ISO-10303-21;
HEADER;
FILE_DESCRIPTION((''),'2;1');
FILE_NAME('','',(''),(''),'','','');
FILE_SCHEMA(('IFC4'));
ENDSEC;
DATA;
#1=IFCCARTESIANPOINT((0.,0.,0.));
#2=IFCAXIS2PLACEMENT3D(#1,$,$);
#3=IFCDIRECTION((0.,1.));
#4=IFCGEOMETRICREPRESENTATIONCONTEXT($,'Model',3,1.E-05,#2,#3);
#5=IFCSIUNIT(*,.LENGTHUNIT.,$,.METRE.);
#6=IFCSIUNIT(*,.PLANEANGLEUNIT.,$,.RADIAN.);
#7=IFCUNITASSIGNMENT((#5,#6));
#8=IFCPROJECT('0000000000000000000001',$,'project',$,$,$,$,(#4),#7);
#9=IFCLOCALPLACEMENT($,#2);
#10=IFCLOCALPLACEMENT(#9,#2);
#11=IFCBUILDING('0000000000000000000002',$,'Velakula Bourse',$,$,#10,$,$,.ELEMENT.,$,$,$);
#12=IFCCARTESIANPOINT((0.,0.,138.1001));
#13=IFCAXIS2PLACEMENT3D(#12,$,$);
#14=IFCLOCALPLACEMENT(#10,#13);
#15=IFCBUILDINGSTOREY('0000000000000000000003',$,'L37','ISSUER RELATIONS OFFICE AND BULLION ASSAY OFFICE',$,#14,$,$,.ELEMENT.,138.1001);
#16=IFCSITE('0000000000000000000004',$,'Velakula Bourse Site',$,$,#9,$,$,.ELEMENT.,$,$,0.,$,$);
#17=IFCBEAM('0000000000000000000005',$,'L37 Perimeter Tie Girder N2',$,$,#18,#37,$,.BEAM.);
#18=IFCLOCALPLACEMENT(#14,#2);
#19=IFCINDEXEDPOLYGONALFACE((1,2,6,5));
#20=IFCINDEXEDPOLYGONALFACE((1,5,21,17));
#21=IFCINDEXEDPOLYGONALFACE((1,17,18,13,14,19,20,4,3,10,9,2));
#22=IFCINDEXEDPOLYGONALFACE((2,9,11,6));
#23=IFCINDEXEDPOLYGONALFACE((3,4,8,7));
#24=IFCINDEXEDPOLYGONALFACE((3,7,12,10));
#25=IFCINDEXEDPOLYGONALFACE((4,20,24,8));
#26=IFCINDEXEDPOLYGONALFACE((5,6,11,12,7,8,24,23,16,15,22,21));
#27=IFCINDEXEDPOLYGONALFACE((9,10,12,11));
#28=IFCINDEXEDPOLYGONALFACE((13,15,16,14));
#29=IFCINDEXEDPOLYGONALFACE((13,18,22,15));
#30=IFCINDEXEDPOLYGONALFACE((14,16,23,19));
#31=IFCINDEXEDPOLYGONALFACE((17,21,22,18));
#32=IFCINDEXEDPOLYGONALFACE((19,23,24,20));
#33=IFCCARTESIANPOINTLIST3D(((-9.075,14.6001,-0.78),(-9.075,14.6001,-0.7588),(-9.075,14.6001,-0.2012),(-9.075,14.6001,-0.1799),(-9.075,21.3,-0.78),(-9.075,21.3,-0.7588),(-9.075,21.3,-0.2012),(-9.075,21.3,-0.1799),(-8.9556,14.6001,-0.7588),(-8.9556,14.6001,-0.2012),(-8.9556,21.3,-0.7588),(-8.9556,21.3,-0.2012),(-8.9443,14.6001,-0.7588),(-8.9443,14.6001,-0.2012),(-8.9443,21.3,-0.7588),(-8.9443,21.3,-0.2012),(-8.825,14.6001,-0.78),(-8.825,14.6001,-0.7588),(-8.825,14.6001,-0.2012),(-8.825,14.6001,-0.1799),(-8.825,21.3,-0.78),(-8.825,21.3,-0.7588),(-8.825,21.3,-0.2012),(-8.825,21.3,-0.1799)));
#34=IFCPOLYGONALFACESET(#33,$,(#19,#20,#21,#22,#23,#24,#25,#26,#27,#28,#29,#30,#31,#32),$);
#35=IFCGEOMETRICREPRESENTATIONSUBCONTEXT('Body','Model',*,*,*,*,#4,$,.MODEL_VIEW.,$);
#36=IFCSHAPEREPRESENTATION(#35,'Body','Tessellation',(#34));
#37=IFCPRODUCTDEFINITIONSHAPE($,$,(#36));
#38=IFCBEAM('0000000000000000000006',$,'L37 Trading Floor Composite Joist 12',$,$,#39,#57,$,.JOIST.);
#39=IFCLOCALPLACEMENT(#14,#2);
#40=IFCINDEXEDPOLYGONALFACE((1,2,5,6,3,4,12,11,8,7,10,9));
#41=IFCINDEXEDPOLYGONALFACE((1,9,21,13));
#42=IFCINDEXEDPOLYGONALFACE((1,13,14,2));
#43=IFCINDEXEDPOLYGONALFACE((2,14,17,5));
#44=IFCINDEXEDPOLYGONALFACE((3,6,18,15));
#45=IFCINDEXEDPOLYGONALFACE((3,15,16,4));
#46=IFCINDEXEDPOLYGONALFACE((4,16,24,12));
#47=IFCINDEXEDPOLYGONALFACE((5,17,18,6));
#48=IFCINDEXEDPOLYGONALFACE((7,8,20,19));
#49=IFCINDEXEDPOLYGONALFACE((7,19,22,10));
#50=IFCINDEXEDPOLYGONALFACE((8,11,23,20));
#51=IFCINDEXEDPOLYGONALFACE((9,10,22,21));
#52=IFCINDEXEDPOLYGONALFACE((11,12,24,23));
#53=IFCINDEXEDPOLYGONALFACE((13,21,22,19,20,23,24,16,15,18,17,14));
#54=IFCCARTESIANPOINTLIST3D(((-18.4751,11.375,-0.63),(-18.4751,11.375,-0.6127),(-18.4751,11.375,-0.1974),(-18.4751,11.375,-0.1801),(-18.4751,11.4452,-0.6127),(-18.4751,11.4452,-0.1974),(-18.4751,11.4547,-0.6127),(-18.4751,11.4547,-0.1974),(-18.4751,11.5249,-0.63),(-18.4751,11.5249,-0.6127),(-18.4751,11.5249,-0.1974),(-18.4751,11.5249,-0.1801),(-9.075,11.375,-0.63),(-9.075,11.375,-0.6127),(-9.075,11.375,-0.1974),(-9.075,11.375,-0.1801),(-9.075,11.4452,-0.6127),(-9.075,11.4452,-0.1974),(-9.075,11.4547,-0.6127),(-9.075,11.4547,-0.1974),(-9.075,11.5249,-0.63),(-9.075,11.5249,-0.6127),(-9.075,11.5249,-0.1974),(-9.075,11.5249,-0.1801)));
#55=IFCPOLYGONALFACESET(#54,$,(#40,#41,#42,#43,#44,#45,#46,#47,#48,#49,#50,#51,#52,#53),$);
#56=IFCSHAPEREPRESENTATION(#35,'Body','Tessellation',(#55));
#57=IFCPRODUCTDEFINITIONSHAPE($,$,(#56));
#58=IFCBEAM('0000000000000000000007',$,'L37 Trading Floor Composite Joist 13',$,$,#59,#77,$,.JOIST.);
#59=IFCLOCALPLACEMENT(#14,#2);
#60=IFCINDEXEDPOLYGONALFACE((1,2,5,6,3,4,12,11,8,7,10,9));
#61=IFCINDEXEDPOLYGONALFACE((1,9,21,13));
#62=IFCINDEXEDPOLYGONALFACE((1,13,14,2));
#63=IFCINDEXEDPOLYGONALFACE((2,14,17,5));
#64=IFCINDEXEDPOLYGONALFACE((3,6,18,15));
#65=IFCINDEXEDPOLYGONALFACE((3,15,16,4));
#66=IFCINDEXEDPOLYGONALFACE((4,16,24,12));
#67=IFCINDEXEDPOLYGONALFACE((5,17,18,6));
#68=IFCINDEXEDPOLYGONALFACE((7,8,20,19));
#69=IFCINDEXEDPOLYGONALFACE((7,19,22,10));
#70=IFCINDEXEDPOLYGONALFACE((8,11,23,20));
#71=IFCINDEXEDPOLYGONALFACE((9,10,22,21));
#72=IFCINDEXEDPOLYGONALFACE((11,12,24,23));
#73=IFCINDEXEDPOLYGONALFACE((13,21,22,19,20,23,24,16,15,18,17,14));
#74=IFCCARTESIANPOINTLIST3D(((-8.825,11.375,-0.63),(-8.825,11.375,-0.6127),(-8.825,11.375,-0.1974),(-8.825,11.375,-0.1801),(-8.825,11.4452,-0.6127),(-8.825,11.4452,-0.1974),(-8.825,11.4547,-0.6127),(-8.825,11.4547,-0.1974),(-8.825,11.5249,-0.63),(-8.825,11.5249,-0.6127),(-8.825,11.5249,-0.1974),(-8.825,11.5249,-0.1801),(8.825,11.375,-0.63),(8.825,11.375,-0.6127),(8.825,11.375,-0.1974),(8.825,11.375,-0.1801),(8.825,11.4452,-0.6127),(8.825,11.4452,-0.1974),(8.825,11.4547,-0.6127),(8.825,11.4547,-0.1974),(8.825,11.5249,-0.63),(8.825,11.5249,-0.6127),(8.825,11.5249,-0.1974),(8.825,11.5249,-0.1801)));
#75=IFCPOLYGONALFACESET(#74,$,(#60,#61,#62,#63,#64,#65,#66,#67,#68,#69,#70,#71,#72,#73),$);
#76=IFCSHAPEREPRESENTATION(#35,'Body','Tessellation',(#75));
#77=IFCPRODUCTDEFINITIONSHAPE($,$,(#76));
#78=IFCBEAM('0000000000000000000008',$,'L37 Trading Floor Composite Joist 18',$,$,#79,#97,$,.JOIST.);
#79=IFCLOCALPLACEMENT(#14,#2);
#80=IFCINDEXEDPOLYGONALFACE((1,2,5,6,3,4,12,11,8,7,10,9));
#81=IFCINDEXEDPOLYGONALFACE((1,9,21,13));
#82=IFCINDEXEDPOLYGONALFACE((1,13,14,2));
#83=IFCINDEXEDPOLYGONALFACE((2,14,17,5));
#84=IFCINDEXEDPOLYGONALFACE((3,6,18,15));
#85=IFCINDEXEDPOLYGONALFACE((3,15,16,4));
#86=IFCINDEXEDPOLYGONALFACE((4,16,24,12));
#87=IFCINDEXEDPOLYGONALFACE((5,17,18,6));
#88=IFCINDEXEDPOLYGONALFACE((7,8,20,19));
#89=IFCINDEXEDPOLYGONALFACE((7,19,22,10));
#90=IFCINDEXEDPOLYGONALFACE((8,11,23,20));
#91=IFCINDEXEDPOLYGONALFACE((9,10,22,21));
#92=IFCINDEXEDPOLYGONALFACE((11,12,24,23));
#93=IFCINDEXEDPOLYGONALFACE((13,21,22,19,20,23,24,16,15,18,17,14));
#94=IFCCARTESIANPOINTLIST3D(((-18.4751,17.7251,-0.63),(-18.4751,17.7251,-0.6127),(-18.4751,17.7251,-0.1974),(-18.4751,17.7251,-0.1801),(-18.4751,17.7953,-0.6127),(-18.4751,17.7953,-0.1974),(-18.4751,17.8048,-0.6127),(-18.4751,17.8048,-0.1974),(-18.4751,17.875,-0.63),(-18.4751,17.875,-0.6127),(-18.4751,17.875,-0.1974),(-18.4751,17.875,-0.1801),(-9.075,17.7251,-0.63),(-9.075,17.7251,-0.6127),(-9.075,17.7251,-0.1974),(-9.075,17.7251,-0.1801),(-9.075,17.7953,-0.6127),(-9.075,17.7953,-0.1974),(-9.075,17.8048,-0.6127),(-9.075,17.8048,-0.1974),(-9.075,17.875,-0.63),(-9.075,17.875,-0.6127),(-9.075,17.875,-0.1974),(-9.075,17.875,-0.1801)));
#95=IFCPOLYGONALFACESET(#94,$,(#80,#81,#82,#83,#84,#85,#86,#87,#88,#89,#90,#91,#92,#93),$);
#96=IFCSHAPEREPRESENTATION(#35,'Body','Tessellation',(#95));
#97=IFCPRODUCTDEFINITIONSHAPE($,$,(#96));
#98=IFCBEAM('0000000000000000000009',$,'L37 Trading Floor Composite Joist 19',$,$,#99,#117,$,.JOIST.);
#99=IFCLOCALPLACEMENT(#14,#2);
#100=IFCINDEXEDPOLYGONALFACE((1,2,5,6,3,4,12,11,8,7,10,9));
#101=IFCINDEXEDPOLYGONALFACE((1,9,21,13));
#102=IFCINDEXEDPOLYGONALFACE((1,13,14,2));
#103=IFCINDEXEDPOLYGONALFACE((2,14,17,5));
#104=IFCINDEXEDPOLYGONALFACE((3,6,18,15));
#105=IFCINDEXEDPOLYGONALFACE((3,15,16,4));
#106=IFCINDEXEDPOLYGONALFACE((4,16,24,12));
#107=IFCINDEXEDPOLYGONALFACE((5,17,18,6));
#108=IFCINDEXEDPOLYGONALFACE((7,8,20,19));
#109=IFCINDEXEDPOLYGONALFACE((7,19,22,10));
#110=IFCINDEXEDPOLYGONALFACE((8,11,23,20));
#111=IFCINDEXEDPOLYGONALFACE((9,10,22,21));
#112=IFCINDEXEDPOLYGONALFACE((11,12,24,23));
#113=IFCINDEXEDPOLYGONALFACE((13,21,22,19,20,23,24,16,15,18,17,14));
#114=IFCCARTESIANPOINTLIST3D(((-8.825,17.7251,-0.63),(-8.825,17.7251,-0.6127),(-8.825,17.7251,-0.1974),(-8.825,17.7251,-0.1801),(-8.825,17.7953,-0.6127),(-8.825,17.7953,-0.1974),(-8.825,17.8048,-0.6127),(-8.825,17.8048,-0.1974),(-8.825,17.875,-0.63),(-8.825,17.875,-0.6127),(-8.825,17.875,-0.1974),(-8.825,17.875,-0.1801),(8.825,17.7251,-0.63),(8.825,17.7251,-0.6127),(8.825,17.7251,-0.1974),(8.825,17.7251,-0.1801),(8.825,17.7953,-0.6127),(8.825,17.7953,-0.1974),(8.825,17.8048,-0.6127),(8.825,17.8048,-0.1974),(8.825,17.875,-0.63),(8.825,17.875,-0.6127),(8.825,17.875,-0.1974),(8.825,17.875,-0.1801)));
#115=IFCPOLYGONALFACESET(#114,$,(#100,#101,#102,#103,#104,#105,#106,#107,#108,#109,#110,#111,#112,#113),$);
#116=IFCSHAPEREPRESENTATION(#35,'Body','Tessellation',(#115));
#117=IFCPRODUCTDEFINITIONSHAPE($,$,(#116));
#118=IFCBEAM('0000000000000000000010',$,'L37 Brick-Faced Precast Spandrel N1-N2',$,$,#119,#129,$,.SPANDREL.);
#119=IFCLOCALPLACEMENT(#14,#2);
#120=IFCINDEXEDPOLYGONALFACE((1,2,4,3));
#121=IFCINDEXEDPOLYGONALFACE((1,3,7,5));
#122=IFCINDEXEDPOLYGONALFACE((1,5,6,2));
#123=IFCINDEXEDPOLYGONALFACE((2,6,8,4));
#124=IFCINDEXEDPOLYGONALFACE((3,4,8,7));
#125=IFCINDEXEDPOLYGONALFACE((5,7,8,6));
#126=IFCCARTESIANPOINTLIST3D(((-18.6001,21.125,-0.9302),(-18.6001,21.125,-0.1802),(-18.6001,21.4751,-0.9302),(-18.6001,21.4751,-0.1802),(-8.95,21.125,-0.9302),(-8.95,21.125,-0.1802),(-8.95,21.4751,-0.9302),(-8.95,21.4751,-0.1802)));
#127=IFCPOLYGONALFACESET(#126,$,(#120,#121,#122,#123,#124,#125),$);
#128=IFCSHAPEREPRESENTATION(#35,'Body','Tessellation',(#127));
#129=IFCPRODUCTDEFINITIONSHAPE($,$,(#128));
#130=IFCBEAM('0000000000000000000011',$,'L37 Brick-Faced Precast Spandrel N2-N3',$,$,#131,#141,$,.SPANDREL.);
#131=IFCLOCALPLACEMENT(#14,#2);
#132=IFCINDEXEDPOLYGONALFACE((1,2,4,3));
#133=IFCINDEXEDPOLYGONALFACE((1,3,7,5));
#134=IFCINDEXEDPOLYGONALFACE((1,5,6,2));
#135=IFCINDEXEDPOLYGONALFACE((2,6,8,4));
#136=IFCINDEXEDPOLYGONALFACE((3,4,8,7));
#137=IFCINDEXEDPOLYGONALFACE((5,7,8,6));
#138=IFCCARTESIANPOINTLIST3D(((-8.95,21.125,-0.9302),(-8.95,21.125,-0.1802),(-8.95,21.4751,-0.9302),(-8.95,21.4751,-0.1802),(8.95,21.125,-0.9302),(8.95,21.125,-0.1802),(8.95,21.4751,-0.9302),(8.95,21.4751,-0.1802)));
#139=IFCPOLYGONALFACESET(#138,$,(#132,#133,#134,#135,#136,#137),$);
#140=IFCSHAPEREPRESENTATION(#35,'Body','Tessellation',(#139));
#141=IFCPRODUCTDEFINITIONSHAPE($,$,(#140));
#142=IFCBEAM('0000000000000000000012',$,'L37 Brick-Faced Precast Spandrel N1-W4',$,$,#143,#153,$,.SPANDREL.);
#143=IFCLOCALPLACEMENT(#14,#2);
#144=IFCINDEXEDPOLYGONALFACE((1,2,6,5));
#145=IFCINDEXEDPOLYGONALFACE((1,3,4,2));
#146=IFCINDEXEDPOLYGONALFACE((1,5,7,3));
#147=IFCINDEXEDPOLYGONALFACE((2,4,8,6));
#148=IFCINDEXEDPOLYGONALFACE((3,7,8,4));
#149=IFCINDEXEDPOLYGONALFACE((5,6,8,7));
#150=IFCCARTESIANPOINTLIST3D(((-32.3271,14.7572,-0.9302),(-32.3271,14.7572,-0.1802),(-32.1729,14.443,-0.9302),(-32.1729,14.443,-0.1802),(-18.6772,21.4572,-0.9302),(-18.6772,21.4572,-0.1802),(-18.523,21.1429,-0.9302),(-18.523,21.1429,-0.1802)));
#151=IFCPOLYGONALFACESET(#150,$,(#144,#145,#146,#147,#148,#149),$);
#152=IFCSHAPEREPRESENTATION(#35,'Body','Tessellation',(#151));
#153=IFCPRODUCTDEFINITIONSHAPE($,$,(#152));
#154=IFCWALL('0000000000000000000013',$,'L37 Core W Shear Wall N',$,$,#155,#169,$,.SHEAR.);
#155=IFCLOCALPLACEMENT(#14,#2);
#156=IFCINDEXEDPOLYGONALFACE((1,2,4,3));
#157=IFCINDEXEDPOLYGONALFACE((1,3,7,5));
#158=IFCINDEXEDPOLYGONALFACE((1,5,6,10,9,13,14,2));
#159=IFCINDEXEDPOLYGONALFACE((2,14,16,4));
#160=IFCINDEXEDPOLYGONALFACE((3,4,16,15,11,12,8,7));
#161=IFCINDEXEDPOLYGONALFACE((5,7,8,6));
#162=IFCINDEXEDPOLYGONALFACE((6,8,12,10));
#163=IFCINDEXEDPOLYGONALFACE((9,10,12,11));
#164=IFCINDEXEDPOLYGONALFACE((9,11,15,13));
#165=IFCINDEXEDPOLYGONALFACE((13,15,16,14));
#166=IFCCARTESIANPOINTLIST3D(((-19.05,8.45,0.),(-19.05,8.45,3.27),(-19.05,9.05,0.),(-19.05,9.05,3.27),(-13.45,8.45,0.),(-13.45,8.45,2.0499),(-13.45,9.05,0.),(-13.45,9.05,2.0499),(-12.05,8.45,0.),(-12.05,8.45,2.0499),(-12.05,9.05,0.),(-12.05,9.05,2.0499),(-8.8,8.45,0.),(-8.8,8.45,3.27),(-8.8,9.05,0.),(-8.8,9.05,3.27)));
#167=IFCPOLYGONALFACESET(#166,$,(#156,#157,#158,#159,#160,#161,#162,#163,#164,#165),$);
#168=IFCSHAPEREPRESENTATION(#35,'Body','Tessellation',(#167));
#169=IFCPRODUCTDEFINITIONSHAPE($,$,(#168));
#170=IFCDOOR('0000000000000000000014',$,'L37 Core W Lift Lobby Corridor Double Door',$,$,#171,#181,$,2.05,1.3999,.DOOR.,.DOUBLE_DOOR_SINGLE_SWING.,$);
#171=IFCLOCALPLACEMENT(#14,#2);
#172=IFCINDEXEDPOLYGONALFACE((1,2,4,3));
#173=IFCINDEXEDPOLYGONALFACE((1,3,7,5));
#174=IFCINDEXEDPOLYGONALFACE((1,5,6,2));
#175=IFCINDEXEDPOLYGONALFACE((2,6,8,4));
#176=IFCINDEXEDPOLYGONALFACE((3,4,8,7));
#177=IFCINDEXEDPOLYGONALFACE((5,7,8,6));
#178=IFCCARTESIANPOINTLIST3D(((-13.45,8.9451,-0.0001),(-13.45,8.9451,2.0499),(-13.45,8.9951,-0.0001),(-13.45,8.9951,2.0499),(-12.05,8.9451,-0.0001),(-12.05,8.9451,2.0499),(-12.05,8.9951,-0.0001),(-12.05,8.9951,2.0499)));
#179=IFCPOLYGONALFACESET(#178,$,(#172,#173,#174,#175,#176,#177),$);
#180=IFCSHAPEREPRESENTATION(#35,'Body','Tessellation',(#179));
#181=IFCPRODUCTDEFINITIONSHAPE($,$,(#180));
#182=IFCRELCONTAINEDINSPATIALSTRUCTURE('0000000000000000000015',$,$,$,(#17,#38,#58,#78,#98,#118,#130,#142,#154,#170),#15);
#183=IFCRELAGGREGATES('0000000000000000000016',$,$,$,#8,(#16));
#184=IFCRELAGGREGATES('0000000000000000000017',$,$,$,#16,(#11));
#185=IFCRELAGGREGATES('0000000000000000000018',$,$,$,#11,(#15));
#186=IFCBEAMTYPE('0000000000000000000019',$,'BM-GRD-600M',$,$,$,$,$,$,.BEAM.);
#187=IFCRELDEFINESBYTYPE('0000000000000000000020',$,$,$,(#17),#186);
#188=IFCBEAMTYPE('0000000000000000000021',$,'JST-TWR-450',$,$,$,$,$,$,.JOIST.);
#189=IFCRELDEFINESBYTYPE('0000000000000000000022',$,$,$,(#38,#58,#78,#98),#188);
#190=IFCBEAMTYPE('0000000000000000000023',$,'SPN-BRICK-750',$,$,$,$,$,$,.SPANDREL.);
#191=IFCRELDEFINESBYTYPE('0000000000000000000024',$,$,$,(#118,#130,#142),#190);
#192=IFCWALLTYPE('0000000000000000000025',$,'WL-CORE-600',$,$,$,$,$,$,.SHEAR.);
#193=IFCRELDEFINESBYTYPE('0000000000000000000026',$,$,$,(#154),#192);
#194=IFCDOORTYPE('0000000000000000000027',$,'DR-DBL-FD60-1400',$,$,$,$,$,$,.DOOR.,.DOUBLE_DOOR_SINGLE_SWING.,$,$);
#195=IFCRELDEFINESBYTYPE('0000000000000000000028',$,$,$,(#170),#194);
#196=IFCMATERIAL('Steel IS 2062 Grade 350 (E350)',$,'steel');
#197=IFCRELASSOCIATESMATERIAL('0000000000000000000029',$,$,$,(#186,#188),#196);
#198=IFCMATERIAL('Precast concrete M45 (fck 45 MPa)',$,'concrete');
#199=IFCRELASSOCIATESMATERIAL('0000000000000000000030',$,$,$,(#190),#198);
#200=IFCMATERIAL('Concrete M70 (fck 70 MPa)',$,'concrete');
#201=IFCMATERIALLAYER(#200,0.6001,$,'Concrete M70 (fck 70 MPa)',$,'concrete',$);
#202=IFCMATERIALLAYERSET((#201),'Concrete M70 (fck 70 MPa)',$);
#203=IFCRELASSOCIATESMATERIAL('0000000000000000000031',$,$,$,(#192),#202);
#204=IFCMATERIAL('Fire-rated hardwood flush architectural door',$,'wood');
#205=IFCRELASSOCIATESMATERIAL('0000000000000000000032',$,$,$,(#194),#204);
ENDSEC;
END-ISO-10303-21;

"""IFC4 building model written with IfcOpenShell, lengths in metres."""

from ifc_helpers import new_model, si_unit, direction, frame, frame_2d, origin, origin_2d, place, context, subcontext, project, spatial, rectangle, i_section, extrude, material, layer, layer_set, material_profile, profile_set, type_object, element, fill, save


model = new_model("IFC4")

# Units and contexts
model_context = context("Model", 3, precision=1e-05, world=origin(), true_north=direction((0.0, 1.0)))
body_context = subcontext(model_context, "Body", "Model", "MODEL_VIEW")
ifc_project = project(units=[si_unit("LENGTHUNIT", "METRE"), si_unit("PLANEANGLEUNIT", "RADIAN")], contexts=[model_context])

# Site, building, storey
site_placement = place(None, origin())
site = spatial("IfcSite", under=ifc_project, at=site_placement, Name="Velakula Bourse Site", CompositionType="ELEMENT", RefElevation=0.0)
building_placement = place(site_placement, origin())
building = spatial("IfcBuilding", under=site, at=building_placement, Name="Velakula Bourse", CompositionType="ELEMENT")
storey_placement = place(building_placement, frame((0.0, 0.0, 138.1001)))
storey = spatial("IfcBuildingStorey", under=building, at=storey_placement, Name="L37", Description="ISSUER RELATIONS OFFICE AND BULLION ASSAY OFFICE", CompositionType="ELEMENT", Elevation=138.1001)

# Shared definitions
ifc_material_1 = material(Name="Steel IS 2062 Grade 350 (E350)", Category="steel")
ifc_material_2 = material(Name="Precast concrete M45 (fck 45 MPa)", Category="concrete")

# Beams
ifc_material_profile_1 = material_profile(ifc_material_1, i_section(OverallWidth=0.25, OverallDepth=0.6001, WebThickness=0.0112, FlangeThickness=0.0212, at=origin_2d()), Name="Steel IS 2062 Grade 350 (E350)")
ifc_profile_set_1 = profile_set([ifc_material_profile_1], Name="Steel IS 2062 Grade 350 (E350)")
beam_type_1 = type_object("IfcBeamType", Name="BM-GRD-600M", PredefinedType="BEAM", material=ifc_profile_set_1)
for number, where, z_axis, x_axis, name in (
    (1, (-8.95, 14.6001, -0.48), (0.0, 1.0, 0.0), (-1.0, 0.0, 0.0), "L37 Perimeter Tie Girder N2"),
):
    element("IfcBeam", number, at=place(storey_placement, frame(where, z_axis=z_axis, x_axis=x_axis)), inside=storey, type_object=beam_type_1, Name=name, PredefinedType="BEAM", context=body_context, shape_type="SweptSolid", body=[
        extrude(i_section(OverallWidth=0.25, OverallDepth=0.6001, WebThickness=0.0112, FlangeThickness=0.0212, at=origin_2d()), origin(), (0.0, 0.0, 1.0), 6.7),
    ])
ifc_material_profile_2 = material_profile(ifc_material_1, i_section(OverallWidth=0.1499, OverallDepth=0.45, WebThickness=0.0095, FlangeThickness=0.0173, at=origin_2d()), Name="Steel IS 2062 Grade 350 (E350)")
ifc_profile_set_2 = profile_set([ifc_material_profile_2], Name="Steel IS 2062 Grade 350 (E350)")
beam_type_2 = type_object("IfcBeamType", Name="JST-TWR-450", PredefinedType="JOIST", material=ifc_profile_set_2)
beam_1_placement = place(storey_placement, frame((-18.4751, 11.45, -0.405), z_axis=(1.0, 0.0, 0.0), x_axis=(0.0, 1.0, 0.0)))
element("IfcBeam", 2, at=beam_1_placement, inside=storey, type_object=beam_type_2, Name="L37 Trading Floor Composite Joist 12", PredefinedType="JOIST", context=body_context, shape_type="SweptSolid", body=[
    extrude(i_section(OverallWidth=0.1499, OverallDepth=0.45, WebThickness=0.0095, FlangeThickness=0.0173, at=origin_2d()), origin(), (0.0, 0.0, 1.0), 9.4001),
])
beam_2_placement = place(storey_placement, frame((-8.825, 11.45, -0.405), z_axis=(1.0, 0.0, 0.0), x_axis=(0.0, 1.0, 0.0)))
element("IfcBeam", 3, at=beam_2_placement, inside=storey, type_object=beam_type_2, Name="L37 Trading Floor Composite Joist 13", PredefinedType="JOIST", context=body_context, shape_type="SweptSolid", body=[
    extrude(i_section(OverallWidth=0.1499, OverallDepth=0.45, WebThickness=0.0095, FlangeThickness=0.0173, at=origin_2d()), origin(), (0.0, 0.0, 1.0), 17.6499),
])
beam_3_placement = place(storey_placement, frame((-18.4751, 17.8, -0.405), z_axis=(1.0, 0.0, 0.0), x_axis=(0.0, 1.0, 0.0)))
element("IfcBeam", 4, at=beam_3_placement, inside=storey, type_object=beam_type_2, Name="L37 Trading Floor Composite Joist 18", PredefinedType="JOIST", context=body_context, shape_type="SweptSolid", body=[
    extrude(i_section(OverallWidth=0.1499, OverallDepth=0.45, WebThickness=0.0095, FlangeThickness=0.0173, at=origin_2d()), origin(), (0.0, 0.0, 1.0), 9.4001),
])
beam_4_placement = place(storey_placement, frame((-8.825, 17.8, -0.405), z_axis=(1.0, 0.0, 0.0), x_axis=(0.0, 1.0, 0.0)))
element("IfcBeam", 5, at=beam_4_placement, inside=storey, type_object=beam_type_2, Name="L37 Trading Floor Composite Joist 19", PredefinedType="JOIST", context=body_context, shape_type="SweptSolid", body=[
    extrude(i_section(OverallWidth=0.1499, OverallDepth=0.45, WebThickness=0.0095, FlangeThickness=0.0173, at=origin_2d()), origin(), (0.0, 0.0, 1.0), 17.6499),
])
ifc_material_profile_3 = material_profile(ifc_material_2, rectangle(XDim=0.3501, YDim=0.75, at=origin_2d()), Name="Precast concrete M45 (fck 45 MPa)")
ifc_profile_set_3 = profile_set([ifc_material_profile_3], Name="Precast concrete M45 (fck 45 MPa)")
beam_type_3 = type_object("IfcBeamType", Name="SPN-BRICK-750", PredefinedType="SPANDREL", material=ifc_profile_set_3)
beam_5_placement = place(storey_placement, frame((-18.6001, 21.3, -0.5552), z_axis=(1.0, 0.0, 0.0), x_axis=(0.0, 1.0, 0.0)))
element("IfcBeam", 6, at=beam_5_placement, inside=storey, type_object=beam_type_3, Name="L37 Brick-Faced Precast Spandrel N1-N2", PredefinedType="SPANDREL", context=body_context, shape_type="SweptSolid", body=[
    extrude(rectangle(XDim=0.3501, YDim=0.75, at=origin_2d()), origin(), (0.0, 0.0, 1.0), 9.6501),
])
beam_6_placement = place(storey_placement, frame((-8.95, 21.3, -0.5552), z_axis=(1.0, 0.0, 0.0), x_axis=(0.0, 1.0, 0.0)))
element("IfcBeam", 7, at=beam_6_placement, inside=storey, type_object=beam_type_3, Name="L37 Brick-Faced Precast Spandrel N2-N3", PredefinedType="SPANDREL", context=body_context, shape_type="SweptSolid", body=[
    extrude(rectangle(XDim=0.3501, YDim=0.75, at=origin_2d()), origin(), (0.0, 0.0, 1.0), 17.8999),
])
beam_7_placement = place(storey_placement, frame((-18.6001, 21.3, -0.5552), z_axis=(-0.897691, -0.440625, 0.0), x_axis=(0.440625, -0.897691, 0.0)))
element("IfcBeam", 8, at=beam_7_placement, inside=storey, type_object=beam_type_3, Name="L37 Brick-Faced Precast Spandrel N1-W4", PredefinedType="SPANDREL", context=body_context, shape_type="SweptSolid", body=[
    extrude(rectangle(XDim=0.3501, YDim=0.75, at=origin_2d()), origin(), (0.0, 0.0, 1.0), 15.2056),
])

# Wall, opening, door
ifc_material_3 = material(Name="Concrete M70 (fck 70 MPa)", Category="concrete")
ifc_layer_1 = layer(ifc_material_3, 0.6001, Name="Concrete M70 (fck 70 MPa)", Category="concrete")
ifc_layer_set_1 = layer_set([ifc_layer_1], Name="Concrete M70 (fck 70 MPa)")
wall_type_1 = type_object("IfcWallType", Name="WL-CORE-600", PredefinedType="SHEAR", material=ifc_layer_set_1)
wall_1_placement = place(storey_placement, frame((-19.05, 8.75, 0.0), z_axis=(0.0, 0.0, 1.0), x_axis=(1.0, 0.0, 0.0)))
wall_1 = element("IfcWall", 9, at=wall_1_placement, inside=storey, type_object=wall_type_1, Name="L37 Core W Shear Wall N", PredefinedType="SHEAR", context=body_context, shape_type="SweptSolid", body=[
    extrude(rectangle(XDim=10.25, YDim=0.6001, at=frame_2d((5.125, 0.0))), origin(), (0.0, 0.0, 1.0), 3.27),
])
opening_1_placement = place(wall_1_placement, frame((5.6001, 0.0, 0.0)))
opening_1 = element("IfcOpeningElement", 10, at=opening_1_placement, cuts=wall_1, PredefinedType="OPENING", context=body_context, shape_type="SweptSolid", body=[
    extrude(rectangle(XDim=1.3999, YDim=2.05, at=frame_2d((0.7, 1.0249))), frame((0.0, 0.3101, 0.0), z_axis=(0.0, -1.0, 0.0), x_axis=(1.0, 0.0, 0.0)), (0.0, 0.0, 1.0), 0.6201),
])
ifc_material_4 = material(Name="Fire-rated hardwood flush architectural door", Category="wood")
door_type = type_object("IfcDoorType", Name="DR-DBL-FD60-1400", OperationType="DOUBLE_DOOR_SINGLE_SWING", PredefinedType="DOOR", material=ifc_material_4)
door_placement = place(opening_1_placement, origin())
door = element("IfcDoor", 11, at=door_placement, inside=storey, type_object=door_type, Name="L37 Core W Lift Lobby Corridor Double Door", OperationType="DOUBLE_DOOR_SINGLE_SWING", OverallHeight=2.05, OverallWidth=1.3999, PredefinedType="DOOR", context=body_context, shape_type="SweptSolid", body=[
    extrude(rectangle(XDim=1.3999, YDim=2.05, at=frame_2d((0.7, 1.0249))), frame((0.0, 0.2451, 0.0), z_axis=(0.0, -1.0, 0.0), x_axis=(1.0, 0.0, 0.0)), (0.0, 0.0, 1.0), 0.05),
])
fill(opening_1, door)

save(model, "model.ifc")
